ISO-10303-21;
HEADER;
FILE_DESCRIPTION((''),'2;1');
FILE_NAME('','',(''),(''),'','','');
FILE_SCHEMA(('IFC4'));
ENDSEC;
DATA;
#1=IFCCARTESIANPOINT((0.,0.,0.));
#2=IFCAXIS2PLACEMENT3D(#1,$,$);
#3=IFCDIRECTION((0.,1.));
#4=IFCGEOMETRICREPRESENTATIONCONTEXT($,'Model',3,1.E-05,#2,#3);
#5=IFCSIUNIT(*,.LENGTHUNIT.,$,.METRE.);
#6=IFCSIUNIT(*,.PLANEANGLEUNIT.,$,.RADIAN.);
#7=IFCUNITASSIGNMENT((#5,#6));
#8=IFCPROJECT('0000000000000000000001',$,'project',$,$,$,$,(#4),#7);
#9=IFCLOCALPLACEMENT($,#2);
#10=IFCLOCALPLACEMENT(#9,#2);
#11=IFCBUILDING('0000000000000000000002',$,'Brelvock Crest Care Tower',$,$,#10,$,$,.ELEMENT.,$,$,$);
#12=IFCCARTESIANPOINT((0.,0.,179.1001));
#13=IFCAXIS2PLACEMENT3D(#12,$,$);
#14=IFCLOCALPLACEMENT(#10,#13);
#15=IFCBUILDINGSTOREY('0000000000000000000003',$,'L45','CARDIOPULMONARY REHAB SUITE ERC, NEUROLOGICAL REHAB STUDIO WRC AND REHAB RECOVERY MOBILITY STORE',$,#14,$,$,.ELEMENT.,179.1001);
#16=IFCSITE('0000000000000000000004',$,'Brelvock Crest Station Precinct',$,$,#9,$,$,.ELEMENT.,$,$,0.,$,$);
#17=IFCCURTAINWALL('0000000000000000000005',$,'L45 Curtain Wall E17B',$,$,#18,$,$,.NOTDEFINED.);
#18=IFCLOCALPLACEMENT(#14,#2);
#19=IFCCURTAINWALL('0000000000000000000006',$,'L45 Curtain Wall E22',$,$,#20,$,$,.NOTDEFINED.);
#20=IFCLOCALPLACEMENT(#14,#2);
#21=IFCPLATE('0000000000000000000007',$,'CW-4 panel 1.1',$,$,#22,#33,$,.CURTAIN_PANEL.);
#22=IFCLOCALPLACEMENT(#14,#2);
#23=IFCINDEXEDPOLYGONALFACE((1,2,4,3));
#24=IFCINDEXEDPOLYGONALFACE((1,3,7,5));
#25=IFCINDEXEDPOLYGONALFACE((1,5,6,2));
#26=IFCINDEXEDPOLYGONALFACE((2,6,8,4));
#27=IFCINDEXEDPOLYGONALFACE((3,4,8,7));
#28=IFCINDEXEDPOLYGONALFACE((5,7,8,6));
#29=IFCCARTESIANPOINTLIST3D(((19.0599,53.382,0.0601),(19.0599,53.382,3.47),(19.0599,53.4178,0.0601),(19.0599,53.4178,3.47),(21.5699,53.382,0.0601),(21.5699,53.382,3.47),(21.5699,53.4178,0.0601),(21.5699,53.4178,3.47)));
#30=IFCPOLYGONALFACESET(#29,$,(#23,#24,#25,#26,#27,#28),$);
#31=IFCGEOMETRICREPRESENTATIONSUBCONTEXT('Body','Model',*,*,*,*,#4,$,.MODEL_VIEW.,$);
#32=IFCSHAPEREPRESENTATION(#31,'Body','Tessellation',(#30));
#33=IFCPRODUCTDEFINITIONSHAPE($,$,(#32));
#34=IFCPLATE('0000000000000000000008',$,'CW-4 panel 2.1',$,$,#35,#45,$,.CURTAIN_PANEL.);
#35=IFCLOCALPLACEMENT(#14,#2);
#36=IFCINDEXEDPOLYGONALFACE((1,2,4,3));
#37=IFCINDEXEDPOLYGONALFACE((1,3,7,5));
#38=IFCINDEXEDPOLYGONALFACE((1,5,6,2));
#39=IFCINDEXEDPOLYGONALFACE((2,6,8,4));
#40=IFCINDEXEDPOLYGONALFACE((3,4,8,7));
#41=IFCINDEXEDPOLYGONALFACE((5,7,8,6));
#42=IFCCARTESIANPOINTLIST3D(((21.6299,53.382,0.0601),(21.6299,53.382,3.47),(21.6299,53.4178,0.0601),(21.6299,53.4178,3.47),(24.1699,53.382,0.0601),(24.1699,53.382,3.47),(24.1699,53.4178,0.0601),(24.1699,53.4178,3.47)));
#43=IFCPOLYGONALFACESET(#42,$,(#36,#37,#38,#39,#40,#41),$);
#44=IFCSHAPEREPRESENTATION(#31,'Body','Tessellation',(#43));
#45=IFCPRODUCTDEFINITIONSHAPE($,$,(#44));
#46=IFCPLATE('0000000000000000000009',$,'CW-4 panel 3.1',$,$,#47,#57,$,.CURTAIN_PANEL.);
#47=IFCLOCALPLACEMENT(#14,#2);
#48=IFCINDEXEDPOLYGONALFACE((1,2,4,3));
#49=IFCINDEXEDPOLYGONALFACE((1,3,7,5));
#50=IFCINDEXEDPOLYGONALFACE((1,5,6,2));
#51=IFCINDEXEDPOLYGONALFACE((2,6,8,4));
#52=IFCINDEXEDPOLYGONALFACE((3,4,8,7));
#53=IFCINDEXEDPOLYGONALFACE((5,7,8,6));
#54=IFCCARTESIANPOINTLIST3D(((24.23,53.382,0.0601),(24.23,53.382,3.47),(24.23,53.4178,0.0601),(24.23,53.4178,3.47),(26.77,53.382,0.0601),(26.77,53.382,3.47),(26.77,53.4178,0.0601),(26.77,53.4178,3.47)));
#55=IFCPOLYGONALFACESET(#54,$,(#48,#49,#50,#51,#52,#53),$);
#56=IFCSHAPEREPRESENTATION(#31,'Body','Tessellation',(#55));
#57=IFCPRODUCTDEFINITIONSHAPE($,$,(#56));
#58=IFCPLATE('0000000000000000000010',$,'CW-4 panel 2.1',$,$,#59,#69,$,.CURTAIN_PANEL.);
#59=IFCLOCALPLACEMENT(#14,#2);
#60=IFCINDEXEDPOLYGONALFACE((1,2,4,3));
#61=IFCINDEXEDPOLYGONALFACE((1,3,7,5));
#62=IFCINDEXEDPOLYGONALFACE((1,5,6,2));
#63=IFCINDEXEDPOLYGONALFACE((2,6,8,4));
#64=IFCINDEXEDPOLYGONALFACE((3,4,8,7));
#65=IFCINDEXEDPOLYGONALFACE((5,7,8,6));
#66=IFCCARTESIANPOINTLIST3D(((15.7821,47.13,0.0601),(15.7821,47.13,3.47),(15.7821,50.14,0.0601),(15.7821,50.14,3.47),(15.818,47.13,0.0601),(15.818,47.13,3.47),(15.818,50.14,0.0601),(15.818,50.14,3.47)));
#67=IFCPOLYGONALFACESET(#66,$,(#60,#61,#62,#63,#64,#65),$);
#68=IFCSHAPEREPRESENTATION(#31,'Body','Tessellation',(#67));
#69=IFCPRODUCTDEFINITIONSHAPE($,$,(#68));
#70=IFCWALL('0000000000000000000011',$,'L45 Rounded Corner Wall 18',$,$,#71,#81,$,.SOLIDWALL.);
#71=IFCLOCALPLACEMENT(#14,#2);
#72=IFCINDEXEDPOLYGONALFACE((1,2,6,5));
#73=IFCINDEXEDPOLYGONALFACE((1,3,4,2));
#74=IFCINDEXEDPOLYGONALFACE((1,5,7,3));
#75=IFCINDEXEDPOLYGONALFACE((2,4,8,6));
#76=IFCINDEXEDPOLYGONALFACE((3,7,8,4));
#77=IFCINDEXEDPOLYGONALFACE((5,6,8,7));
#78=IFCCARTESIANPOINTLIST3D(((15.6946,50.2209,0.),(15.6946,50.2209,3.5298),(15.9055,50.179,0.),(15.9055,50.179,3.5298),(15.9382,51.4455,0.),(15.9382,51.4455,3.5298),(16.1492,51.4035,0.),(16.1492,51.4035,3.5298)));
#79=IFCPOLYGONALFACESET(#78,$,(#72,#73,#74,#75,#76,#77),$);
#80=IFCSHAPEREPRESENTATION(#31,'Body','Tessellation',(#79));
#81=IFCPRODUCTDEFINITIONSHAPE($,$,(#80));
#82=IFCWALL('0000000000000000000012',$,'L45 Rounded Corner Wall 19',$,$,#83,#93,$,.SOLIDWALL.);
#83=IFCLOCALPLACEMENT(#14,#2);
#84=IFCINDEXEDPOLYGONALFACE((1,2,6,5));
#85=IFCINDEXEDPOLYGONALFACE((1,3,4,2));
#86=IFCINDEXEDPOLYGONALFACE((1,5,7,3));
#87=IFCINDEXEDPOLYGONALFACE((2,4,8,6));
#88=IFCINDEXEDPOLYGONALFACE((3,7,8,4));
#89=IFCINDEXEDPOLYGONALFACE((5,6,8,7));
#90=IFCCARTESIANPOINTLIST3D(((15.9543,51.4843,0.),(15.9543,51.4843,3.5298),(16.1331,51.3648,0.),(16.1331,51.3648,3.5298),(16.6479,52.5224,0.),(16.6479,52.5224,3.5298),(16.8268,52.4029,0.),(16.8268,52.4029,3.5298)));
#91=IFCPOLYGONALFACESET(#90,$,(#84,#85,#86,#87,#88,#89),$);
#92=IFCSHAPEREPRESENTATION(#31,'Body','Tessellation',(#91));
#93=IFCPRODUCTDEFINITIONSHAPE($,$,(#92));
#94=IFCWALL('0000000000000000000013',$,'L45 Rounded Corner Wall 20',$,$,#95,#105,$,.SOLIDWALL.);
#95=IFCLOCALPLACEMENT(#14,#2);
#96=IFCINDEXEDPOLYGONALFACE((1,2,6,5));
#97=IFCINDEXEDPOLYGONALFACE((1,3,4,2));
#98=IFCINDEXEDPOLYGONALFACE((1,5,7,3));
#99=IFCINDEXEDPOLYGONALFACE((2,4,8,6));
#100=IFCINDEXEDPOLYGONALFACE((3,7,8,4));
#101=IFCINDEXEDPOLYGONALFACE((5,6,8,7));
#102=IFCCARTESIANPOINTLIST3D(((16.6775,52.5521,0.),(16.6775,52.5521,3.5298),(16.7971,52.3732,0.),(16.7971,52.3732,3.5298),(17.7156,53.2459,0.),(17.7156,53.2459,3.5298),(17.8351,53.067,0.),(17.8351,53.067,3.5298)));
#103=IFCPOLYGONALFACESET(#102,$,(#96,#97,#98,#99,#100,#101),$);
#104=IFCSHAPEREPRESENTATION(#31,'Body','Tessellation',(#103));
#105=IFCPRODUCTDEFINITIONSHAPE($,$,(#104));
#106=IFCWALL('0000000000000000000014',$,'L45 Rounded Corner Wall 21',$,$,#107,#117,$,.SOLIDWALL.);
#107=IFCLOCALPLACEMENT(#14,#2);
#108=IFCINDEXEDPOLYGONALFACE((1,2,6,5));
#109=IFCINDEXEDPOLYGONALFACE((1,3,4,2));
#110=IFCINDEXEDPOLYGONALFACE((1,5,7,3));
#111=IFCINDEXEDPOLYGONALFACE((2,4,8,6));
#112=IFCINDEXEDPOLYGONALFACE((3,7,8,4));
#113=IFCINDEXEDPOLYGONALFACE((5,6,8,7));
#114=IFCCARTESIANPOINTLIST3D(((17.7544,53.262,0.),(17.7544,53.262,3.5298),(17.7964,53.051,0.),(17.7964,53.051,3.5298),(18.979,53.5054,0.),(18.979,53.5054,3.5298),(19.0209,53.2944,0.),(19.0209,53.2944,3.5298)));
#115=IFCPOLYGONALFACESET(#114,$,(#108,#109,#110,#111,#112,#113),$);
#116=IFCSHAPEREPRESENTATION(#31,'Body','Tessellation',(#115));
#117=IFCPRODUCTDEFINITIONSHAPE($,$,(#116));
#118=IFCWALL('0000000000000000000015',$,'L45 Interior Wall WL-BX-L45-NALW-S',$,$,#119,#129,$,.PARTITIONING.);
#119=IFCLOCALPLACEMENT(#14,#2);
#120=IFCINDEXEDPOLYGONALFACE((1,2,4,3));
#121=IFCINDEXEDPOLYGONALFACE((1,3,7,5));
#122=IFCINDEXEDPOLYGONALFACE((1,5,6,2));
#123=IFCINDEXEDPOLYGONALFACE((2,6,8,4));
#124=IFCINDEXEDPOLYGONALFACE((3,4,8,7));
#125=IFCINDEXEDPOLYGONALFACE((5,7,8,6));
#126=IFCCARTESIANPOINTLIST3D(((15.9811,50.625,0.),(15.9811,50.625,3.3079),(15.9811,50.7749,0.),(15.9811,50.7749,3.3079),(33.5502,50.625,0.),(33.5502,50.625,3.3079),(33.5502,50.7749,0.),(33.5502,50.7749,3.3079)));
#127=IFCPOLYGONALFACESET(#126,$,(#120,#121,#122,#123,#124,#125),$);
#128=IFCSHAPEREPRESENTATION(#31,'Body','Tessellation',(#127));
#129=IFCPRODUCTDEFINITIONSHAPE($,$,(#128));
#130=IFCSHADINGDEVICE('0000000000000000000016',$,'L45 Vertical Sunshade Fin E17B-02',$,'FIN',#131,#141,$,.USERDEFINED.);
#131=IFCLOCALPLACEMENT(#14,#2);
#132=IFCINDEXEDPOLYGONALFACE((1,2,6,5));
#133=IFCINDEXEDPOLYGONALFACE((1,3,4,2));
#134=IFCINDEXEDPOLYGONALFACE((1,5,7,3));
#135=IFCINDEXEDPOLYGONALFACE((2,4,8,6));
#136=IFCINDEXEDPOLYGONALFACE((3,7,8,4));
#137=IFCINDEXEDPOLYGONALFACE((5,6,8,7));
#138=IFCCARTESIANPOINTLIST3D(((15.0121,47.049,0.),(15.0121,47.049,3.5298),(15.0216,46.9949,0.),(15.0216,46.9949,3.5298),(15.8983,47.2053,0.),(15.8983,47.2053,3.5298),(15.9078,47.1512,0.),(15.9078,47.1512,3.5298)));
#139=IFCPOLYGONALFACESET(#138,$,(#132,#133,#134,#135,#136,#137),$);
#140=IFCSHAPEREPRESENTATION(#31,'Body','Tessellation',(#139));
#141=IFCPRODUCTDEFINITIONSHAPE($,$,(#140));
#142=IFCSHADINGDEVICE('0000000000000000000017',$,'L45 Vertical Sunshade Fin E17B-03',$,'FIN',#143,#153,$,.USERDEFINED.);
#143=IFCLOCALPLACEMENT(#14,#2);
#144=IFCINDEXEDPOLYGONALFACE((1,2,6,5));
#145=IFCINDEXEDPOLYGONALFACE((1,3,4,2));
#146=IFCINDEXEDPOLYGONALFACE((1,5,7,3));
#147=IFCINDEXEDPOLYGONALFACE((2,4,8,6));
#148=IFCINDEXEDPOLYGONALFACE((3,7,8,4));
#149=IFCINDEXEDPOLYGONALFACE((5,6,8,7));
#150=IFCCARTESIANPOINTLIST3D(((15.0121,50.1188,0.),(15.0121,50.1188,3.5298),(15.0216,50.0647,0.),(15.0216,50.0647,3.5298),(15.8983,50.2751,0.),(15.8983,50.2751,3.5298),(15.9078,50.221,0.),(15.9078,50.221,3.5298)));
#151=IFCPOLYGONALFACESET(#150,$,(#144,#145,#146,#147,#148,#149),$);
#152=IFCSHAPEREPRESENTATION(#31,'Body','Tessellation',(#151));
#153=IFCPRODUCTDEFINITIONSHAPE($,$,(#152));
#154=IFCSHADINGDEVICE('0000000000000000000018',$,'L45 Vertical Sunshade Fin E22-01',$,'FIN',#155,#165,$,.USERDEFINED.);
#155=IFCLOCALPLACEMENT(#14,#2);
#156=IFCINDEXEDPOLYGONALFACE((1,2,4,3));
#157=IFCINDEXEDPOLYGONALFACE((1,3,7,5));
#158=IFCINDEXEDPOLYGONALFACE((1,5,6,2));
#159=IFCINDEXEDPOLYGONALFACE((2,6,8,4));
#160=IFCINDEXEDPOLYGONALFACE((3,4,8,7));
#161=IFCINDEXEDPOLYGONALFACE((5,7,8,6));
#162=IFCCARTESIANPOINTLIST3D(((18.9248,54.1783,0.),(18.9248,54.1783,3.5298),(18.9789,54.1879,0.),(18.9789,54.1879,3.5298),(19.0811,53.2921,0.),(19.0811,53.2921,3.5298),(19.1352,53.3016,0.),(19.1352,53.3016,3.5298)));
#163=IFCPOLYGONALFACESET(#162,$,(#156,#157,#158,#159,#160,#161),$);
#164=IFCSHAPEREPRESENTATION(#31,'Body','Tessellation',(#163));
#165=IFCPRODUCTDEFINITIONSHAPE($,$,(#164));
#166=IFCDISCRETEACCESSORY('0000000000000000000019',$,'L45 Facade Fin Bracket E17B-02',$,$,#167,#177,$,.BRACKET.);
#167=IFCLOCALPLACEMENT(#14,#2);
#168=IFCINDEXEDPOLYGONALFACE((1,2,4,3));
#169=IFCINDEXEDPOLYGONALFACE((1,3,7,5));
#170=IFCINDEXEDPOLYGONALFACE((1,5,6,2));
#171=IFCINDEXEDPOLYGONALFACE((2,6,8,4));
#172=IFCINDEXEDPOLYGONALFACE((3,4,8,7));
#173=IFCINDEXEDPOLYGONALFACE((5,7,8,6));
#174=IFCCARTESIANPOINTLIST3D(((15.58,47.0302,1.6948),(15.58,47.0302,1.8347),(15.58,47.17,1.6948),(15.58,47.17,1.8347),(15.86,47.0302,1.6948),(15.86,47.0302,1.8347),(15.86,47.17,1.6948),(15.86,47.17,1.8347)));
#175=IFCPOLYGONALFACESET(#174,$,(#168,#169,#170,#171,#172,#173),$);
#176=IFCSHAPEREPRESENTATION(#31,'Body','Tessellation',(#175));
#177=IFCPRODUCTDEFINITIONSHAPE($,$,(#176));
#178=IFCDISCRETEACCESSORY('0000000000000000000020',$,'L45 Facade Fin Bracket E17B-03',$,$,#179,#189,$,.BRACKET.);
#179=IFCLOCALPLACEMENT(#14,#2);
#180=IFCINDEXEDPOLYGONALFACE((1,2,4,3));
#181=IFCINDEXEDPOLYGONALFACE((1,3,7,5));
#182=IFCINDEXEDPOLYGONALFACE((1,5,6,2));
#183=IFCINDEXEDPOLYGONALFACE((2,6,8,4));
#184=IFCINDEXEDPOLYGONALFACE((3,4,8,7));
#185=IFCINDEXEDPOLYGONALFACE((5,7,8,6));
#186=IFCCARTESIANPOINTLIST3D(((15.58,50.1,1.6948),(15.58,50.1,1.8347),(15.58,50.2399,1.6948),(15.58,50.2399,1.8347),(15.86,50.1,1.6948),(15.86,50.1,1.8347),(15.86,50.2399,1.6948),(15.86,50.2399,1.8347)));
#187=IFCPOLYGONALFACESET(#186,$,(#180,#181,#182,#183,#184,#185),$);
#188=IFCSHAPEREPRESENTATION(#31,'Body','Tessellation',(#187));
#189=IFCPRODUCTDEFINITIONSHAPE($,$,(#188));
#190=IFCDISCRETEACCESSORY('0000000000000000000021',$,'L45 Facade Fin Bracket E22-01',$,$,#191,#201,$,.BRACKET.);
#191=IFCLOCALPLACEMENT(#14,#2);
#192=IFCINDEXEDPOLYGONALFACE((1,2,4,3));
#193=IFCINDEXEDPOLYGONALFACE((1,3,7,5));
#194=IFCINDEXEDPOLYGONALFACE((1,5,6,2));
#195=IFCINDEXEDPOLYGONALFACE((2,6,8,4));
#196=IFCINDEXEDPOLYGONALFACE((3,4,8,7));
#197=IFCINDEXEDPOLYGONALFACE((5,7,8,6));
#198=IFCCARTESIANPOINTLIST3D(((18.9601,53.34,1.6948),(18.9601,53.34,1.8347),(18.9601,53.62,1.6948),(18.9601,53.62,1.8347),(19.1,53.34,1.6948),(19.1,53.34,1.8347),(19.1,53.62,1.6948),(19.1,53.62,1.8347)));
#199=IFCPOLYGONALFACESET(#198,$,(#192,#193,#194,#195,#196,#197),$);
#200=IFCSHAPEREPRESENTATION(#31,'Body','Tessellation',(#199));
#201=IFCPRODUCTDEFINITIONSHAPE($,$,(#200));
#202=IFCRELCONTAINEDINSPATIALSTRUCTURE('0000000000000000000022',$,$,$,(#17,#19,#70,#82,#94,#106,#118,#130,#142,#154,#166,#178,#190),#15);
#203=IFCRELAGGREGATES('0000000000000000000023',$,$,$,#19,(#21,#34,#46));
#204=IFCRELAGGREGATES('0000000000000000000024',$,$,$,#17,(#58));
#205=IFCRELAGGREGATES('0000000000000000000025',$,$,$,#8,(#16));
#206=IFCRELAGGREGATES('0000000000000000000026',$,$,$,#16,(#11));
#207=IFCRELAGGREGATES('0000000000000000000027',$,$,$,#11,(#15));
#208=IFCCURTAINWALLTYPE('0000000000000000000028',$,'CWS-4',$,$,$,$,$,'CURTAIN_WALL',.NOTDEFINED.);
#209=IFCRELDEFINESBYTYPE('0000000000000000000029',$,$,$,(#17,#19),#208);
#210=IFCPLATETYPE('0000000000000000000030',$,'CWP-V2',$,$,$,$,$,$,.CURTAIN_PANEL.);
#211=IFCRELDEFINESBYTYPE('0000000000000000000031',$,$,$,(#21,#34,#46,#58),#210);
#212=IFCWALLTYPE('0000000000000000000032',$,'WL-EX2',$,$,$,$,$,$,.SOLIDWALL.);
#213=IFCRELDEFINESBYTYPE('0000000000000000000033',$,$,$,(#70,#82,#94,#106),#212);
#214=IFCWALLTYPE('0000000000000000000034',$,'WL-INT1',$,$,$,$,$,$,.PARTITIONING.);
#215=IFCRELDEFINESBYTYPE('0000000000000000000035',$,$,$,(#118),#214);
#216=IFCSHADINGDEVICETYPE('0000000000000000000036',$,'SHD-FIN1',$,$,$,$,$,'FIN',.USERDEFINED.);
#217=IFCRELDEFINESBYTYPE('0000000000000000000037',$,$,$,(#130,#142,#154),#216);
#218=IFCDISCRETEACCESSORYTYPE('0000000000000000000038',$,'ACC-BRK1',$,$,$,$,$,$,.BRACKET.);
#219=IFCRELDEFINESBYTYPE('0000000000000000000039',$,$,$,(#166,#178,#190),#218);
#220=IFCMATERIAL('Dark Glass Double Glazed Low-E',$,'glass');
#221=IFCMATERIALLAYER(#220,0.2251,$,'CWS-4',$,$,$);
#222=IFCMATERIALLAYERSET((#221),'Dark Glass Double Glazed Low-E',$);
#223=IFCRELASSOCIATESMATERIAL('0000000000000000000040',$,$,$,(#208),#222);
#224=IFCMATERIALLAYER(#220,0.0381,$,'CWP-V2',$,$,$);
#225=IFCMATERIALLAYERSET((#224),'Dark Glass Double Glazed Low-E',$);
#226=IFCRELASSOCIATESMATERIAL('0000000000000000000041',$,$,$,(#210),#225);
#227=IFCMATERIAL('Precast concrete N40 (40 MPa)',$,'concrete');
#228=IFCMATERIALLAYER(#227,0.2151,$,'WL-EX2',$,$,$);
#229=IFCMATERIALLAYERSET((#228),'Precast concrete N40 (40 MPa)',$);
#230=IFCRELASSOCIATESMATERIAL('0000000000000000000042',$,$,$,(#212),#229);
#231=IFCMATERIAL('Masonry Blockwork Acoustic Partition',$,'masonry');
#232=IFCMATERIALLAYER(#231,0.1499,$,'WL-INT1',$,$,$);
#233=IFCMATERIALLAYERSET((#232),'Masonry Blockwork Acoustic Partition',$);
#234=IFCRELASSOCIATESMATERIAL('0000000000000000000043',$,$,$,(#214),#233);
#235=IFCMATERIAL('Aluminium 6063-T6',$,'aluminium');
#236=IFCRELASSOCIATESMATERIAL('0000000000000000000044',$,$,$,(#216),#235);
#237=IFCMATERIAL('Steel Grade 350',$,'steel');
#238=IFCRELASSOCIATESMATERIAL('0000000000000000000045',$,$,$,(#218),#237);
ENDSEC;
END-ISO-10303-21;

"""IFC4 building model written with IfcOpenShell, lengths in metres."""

from ifc_helpers import new_model, si_unit, direction, frame, frame_2d, origin, origin_2d, place, context, subcontext, project, spatial, rectangle, extrude, source, transform, mapped, material, layer, layer_set, material_profile, profile_set, type_object, element, aggregate, save


model = new_model("IFC4")

# Units and contexts
model_context = context("Model", 3, precision=1e-05, world=origin(), true_north=direction((0.0, 1.0)))
body_context = subcontext(model_context, "Body", "Model", "MODEL_VIEW")
ifc_project = project(units=[si_unit("LENGTHUNIT", "METRE"), si_unit("PLANEANGLEUNIT", "RADIAN")], contexts=[model_context])

# Site, building, storey
site_placement = place(None, origin())
site = spatial("IfcSite", under=ifc_project, at=site_placement, Name="Brelvock Crest Station Precinct", CompositionType="ELEMENT", RefElevation=0.0)
building_placement = place(site_placement, origin())
building = spatial("IfcBuilding", under=site, at=building_placement, Name="Brelvock Crest Care Tower", CompositionType="ELEMENT")
storey_placement = place(building_placement, frame((0.0, 0.0, 179.1001)))
storey = spatial("IfcBuildingStorey", under=building, at=storey_placement, Name="L45", Description="CARDIOPULMONARY REHAB SUITE ERC, NEUROLOGICAL REHAB STUDIO WRC AND REHAB RECOVERY MOBILITY STORE", CompositionType="ELEMENT", Elevation=179.1001)

# Shared definitions
ifc_material_1 = material(Name="Steel Grade 350", Category="steel")

# Curtain walls
ifc_material_2 = material(Name="Dark Glass Double Glazed Low-E", Category="glass")
ifc_layer_1 = layer(ifc_material_2, 0.2251, Name="CWS-4")
ifc_layer_set_1 = layer_set([ifc_layer_1], Name="Dark Glass Double Glazed Low-E")
curtain_wall_type = type_object("IfcCurtainWallType", Name="CWS-4", ElementType="CURTAIN_WALL", PredefinedType="NOTDEFINED", material=ifc_layer_set_1)
curtain_wall_1_placement = place(storey_placement, origin())
curtain_wall_1 = element("IfcCurtainWall", 1, at=curtain_wall_1_placement, inside=storey, type_object=curtain_wall_type, Name="L45 Curtain Wall E17B", PredefinedType="NOTDEFINED")
ifc_material_3 = material(Name="Aluminium 6063-T6", Category="aluminium")
curtain_wall_2_placement = place(storey_placement, origin())
curtain_wall_2 = element("IfcCurtainWall", 2, at=curtain_wall_2_placement, inside=storey, type_object=curtain_wall_type, Name="L45 Curtain Wall E22", PredefinedType="NOTDEFINED")

# Plates
ifc_layer_2 = layer(ifc_material_2, 0.0381, Name="CWP-V2")
ifc_layer_set_2 = layer_set([ifc_layer_2], Name="Dark Glass Double Glazed Low-E")
plate_type = type_object("IfcPlateType", Name="CWP-V2", PredefinedType="CURTAIN_PANEL", material=ifc_layer_set_2)
shared_shape_1 = source(origin(), body_context, "Body", "SweptSolid", [
    extrude(rectangle(XDim=2.51, YDim=0.0359, at=origin_2d()), origin(), (0.0, 0.0, 1.0), 3.4099),
])
plate_1_placement = place(storey_placement, frame((20.3149, 53.3999, 0.0601), z_axis=(0.0, 0.0, 1.0), x_axis=(1.0, 0.0, 0.0)))
plate_1 = element("IfcPlate", 3, at=plate_1_placement, type_object=plate_type, Name="CW-4 panel 1.1", PredefinedType="CURTAIN_PANEL", context=body_context, shape_type="MappedRepresentation", body=[
    mapped(shared_shape_1, transform((0.0, 0.0, 0.0), x_axis=(1.0, 0.0, 0.0), y_axis=(0.0, 1.0, 0.0), z_axis=(0.0, 0.0, 1.0), scale=1.0)),
])
shared_shape_2 = source(origin(), body_context, "Body", "SweptSolid", [
    extrude(rectangle(XDim=2.54, YDim=0.0359, at=origin_2d()), origin(), (0.0, 0.0, 1.0), 3.4099),
])
plate_2_placement = place(storey_placement, frame((22.8999, 53.3999, 0.0601), z_axis=(0.0, 0.0, 1.0), x_axis=(1.0, 0.0, 0.0)))
plate_2 = element("IfcPlate", 4, at=plate_2_placement, type_object=plate_type, Name="CW-4 panel 2.1", PredefinedType="CURTAIN_PANEL", context=body_context, shape_type="MappedRepresentation", body=[
    mapped(shared_shape_2, transform((0.0, 0.0, 0.0), x_axis=(1.0, 0.0, 0.0), y_axis=(0.0, 1.0, 0.0), z_axis=(0.0, 0.0, 1.0), scale=1.0)),
])
plate_3_placement = place(storey_placement, frame((25.5, 53.3999, 0.0601), z_axis=(0.0, 0.0, 1.0), x_axis=(1.0, 0.0, 0.0)))
plate_3 = element("IfcPlate", 5, at=plate_3_placement, type_object=plate_type, Name="CW-4 panel 3.1", PredefinedType="CURTAIN_PANEL", context=body_context, shape_type="MappedRepresentation", body=[
    mapped(shared_shape_2, transform((0.0, 0.0, 0.0), x_axis=(1.0, 0.0, 0.0), y_axis=(0.0, 1.0, 0.0), z_axis=(0.0, 0.0, 1.0), scale=1.0)),
])
aggregate(curtain_wall_2, [plate_1, plate_2, plate_3])
shared_shape_3 = source(origin(), body_context, "Body", "SweptSolid", [
    extrude(rectangle(XDim=3.01, YDim=0.0359, at=origin_2d()), origin(), (0.0, 0.0, 1.0), 3.4099),
])
plate_4_placement = place(storey_placement, frame((15.8, 48.635, 0.0601), z_axis=(0.0, 0.0, 1.0), x_axis=(0.0, 1.0, 0.0)))
plate_4 = element("IfcPlate", 6, at=plate_4_placement, type_object=plate_type, Name="CW-4 panel 2.1", PredefinedType="CURTAIN_PANEL", context=body_context, shape_type="MappedRepresentation", body=[
    mapped(shared_shape_3, transform((0.0, 0.0, 0.0), x_axis=(1.0, 0.0, 0.0), y_axis=(0.0, 1.0, 0.0), z_axis=(0.0, 0.0, 1.0), scale=1.0)),
])
aggregate(curtain_wall_1, [plate_4])

# Walls
ifc_material_4 = material(Name="Precast concrete N40 (40 MPa)", Category="concrete")
ifc_layer_3 = layer(ifc_material_4, 0.2151, Name="WL-EX2")
ifc_layer_set_3 = layer_set([ifc_layer_3], Name="Precast concrete N40 (40 MPa)")
wall_type_1 = type_object("IfcWallType", Name="WL-EX2", PredefinedType="SOLIDWALL", material=ifc_layer_set_3)
for number, where, z_axis, x_axis, name in (
    (7, (15.8, 50.2, 0.0), (0.0, 0.0, 1.0), (0.195138, 0.980776, 0.0), "L45 Rounded Corner Wall 18"),
    (8, (16.0437, 51.4246, 0.0), (0.0, 0.0, 1.0), (0.555557, 0.831478, 0.0), "L45 Rounded Corner Wall 19"),
    (9, (16.7373, 52.4626, 0.0), (0.0, 0.0, 1.0), (0.831388, 0.555692, 0.0), "L45 Rounded Corner Wall 20"),
    (10, (17.7754, 53.1565, 0.0), (0.0, 0.0, 1.0), (0.980813, 0.19495, 0.0), "L45 Rounded Corner Wall 21"),
):
    element("IfcWall", number, at=place(storey_placement, frame(where, z_axis=z_axis, x_axis=x_axis)), inside=storey, type_object=wall_type_1, Name=name, PredefinedType="SOLIDWALL", context=body_context, shape_type="SweptSolid", body=[
        extrude(rectangle(XDim=1.2485, YDim=0.2151, at=frame_2d((0.6243, 0.0))), origin(), (0.0, 0.0, 1.0), 3.5298),
    ])
ifc_material_5 = material(Name="Masonry Blockwork Acoustic Partition", Category="masonry")
ifc_layer_4 = layer(ifc_material_5, 0.1499, Name="WL-INT1")
ifc_layer_set_4 = layer_set([ifc_layer_4], Name="Masonry Blockwork Acoustic Partition")
wall_type_2 = type_object("IfcWallType", Name="WL-INT1", PredefinedType="PARTITIONING", material=ifc_layer_set_4)
wall_placement = place(storey_placement, frame((15.981, 50.7, 0.0), z_axis=(0.0, 0.0, 1.0), x_axis=(1.0, 0.0, 0.0)))
element("IfcWall", 11, at=wall_placement, inside=storey, type_object=wall_type_2, Name="L45 Interior Wall WL-BX-L45-NALW-S", PredefinedType="PARTITIONING", context=body_context, shape_type="SweptSolid", body=[
    extrude(rectangle(XDim=17.5691, YDim=0.1499, at=frame_2d((8.7847, 0.0))), origin(), (0.0, 0.0, 1.0), 3.3079),
])

# Shading devices
ifc_material_profile_1 = material_profile(ifc_material_3, rectangle(XDim=0.0549, YDim=0.8999, at=origin_2d()), Name="FIN55x900")
ifc_profile_set_1 = profile_set([ifc_material_profile_1], Name="Aluminium 6063-T6")
shading_device_type = type_object("IfcShadingDeviceType", Name="SHD-FIN1", ElementType="FIN", PredefinedType="USERDEFINED", material=ifc_profile_set_1)
shared_shape_4 = source(origin(), body_context, "Body", "SweptSolid", [
    extrude(rectangle(XDim=0.0549, YDim=0.8999, at=origin_2d()), origin(), (0.0, 0.0, 1.0), 3.5298),
])
for number, where, z_axis, x_axis, name in (
    (12, (15.46, 47.1001, 0.0), (0.0, 0.0, 1.0), (-0.173648, 0.984808, 0.0), "L45 Vertical Sunshade Fin E17B-02"),
    (13, (15.46, 50.1699, 0.0), (0.0, 0.0, 1.0), (-0.173648, 0.984808, 0.0), "L45 Vertical Sunshade Fin E17B-03"),
    (14, (19.03, 53.74, 0.0), (0.0, 0.0, 1.0), (0.984808, 0.173648, 0.0), "L45 Vertical Sunshade Fin E22-01"),
):
    element("IfcShadingDevice", number, at=place(storey_placement, frame(where, z_axis=z_axis, x_axis=x_axis)), inside=storey, type_object=shading_device_type, Name=name, ObjectType="FIN", PredefinedType="USERDEFINED", context=body_context, shape_type="MappedRepresentation", body=[
        mapped(shared_shape_4, transform((0.0, 0.0, 0.0), x_axis=(1.0, 0.0, 0.0), y_axis=(0.0, 1.0, 0.0), z_axis=(0.0, 0.0, 1.0), scale=1.0)),
    ])

# Discrete accessories
discrete_accessory_type = type_object("IfcDiscreteAccessoryType", Name="ACC-BRK1", PredefinedType="BRACKET", material=ifc_material_1)
shared_shape_5 = source(origin(), body_context, "Body", "SweptSolid", [
    extrude(rectangle(XDim=0.28, YDim=0.1399, at=origin_2d()), origin(), (0.0, 0.0, 1.0), 0.1399),
])
for number, where, z_axis, x_axis, name in (
    (15, (15.72, 47.1001, 1.6948), (0.0, 0.0, 1.0), (-1.0, 0.0, 0.0), "L45 Facade Fin Bracket E17B-02"),
    (16, (15.72, 50.1699, 1.6948), (0.0, 0.0, 1.0), (-1.0, 0.0, 0.0), "L45 Facade Fin Bracket E17B-03"),
    (17, (19.03, 53.48, 1.6948), (0.0, 0.0, 1.0), (0.0, 1.0, 0.0), "L45 Facade Fin Bracket E22-01"),
):
    element("IfcDiscreteAccessory", number, at=place(storey_placement, frame(where, z_axis=z_axis, x_axis=x_axis)), inside=storey, type_object=discrete_accessory_type, Name=name, PredefinedType="BRACKET", context=body_context, shape_type="MappedRepresentation", body=[
        mapped(shared_shape_5, transform((0.0, 0.0, 0.0), x_axis=(1.0, 0.0, 0.0), y_axis=(0.0, 1.0, 0.0), z_axis=(0.0, 0.0, 1.0), scale=1.0)),
    ])

save(model, "model.ifc")
